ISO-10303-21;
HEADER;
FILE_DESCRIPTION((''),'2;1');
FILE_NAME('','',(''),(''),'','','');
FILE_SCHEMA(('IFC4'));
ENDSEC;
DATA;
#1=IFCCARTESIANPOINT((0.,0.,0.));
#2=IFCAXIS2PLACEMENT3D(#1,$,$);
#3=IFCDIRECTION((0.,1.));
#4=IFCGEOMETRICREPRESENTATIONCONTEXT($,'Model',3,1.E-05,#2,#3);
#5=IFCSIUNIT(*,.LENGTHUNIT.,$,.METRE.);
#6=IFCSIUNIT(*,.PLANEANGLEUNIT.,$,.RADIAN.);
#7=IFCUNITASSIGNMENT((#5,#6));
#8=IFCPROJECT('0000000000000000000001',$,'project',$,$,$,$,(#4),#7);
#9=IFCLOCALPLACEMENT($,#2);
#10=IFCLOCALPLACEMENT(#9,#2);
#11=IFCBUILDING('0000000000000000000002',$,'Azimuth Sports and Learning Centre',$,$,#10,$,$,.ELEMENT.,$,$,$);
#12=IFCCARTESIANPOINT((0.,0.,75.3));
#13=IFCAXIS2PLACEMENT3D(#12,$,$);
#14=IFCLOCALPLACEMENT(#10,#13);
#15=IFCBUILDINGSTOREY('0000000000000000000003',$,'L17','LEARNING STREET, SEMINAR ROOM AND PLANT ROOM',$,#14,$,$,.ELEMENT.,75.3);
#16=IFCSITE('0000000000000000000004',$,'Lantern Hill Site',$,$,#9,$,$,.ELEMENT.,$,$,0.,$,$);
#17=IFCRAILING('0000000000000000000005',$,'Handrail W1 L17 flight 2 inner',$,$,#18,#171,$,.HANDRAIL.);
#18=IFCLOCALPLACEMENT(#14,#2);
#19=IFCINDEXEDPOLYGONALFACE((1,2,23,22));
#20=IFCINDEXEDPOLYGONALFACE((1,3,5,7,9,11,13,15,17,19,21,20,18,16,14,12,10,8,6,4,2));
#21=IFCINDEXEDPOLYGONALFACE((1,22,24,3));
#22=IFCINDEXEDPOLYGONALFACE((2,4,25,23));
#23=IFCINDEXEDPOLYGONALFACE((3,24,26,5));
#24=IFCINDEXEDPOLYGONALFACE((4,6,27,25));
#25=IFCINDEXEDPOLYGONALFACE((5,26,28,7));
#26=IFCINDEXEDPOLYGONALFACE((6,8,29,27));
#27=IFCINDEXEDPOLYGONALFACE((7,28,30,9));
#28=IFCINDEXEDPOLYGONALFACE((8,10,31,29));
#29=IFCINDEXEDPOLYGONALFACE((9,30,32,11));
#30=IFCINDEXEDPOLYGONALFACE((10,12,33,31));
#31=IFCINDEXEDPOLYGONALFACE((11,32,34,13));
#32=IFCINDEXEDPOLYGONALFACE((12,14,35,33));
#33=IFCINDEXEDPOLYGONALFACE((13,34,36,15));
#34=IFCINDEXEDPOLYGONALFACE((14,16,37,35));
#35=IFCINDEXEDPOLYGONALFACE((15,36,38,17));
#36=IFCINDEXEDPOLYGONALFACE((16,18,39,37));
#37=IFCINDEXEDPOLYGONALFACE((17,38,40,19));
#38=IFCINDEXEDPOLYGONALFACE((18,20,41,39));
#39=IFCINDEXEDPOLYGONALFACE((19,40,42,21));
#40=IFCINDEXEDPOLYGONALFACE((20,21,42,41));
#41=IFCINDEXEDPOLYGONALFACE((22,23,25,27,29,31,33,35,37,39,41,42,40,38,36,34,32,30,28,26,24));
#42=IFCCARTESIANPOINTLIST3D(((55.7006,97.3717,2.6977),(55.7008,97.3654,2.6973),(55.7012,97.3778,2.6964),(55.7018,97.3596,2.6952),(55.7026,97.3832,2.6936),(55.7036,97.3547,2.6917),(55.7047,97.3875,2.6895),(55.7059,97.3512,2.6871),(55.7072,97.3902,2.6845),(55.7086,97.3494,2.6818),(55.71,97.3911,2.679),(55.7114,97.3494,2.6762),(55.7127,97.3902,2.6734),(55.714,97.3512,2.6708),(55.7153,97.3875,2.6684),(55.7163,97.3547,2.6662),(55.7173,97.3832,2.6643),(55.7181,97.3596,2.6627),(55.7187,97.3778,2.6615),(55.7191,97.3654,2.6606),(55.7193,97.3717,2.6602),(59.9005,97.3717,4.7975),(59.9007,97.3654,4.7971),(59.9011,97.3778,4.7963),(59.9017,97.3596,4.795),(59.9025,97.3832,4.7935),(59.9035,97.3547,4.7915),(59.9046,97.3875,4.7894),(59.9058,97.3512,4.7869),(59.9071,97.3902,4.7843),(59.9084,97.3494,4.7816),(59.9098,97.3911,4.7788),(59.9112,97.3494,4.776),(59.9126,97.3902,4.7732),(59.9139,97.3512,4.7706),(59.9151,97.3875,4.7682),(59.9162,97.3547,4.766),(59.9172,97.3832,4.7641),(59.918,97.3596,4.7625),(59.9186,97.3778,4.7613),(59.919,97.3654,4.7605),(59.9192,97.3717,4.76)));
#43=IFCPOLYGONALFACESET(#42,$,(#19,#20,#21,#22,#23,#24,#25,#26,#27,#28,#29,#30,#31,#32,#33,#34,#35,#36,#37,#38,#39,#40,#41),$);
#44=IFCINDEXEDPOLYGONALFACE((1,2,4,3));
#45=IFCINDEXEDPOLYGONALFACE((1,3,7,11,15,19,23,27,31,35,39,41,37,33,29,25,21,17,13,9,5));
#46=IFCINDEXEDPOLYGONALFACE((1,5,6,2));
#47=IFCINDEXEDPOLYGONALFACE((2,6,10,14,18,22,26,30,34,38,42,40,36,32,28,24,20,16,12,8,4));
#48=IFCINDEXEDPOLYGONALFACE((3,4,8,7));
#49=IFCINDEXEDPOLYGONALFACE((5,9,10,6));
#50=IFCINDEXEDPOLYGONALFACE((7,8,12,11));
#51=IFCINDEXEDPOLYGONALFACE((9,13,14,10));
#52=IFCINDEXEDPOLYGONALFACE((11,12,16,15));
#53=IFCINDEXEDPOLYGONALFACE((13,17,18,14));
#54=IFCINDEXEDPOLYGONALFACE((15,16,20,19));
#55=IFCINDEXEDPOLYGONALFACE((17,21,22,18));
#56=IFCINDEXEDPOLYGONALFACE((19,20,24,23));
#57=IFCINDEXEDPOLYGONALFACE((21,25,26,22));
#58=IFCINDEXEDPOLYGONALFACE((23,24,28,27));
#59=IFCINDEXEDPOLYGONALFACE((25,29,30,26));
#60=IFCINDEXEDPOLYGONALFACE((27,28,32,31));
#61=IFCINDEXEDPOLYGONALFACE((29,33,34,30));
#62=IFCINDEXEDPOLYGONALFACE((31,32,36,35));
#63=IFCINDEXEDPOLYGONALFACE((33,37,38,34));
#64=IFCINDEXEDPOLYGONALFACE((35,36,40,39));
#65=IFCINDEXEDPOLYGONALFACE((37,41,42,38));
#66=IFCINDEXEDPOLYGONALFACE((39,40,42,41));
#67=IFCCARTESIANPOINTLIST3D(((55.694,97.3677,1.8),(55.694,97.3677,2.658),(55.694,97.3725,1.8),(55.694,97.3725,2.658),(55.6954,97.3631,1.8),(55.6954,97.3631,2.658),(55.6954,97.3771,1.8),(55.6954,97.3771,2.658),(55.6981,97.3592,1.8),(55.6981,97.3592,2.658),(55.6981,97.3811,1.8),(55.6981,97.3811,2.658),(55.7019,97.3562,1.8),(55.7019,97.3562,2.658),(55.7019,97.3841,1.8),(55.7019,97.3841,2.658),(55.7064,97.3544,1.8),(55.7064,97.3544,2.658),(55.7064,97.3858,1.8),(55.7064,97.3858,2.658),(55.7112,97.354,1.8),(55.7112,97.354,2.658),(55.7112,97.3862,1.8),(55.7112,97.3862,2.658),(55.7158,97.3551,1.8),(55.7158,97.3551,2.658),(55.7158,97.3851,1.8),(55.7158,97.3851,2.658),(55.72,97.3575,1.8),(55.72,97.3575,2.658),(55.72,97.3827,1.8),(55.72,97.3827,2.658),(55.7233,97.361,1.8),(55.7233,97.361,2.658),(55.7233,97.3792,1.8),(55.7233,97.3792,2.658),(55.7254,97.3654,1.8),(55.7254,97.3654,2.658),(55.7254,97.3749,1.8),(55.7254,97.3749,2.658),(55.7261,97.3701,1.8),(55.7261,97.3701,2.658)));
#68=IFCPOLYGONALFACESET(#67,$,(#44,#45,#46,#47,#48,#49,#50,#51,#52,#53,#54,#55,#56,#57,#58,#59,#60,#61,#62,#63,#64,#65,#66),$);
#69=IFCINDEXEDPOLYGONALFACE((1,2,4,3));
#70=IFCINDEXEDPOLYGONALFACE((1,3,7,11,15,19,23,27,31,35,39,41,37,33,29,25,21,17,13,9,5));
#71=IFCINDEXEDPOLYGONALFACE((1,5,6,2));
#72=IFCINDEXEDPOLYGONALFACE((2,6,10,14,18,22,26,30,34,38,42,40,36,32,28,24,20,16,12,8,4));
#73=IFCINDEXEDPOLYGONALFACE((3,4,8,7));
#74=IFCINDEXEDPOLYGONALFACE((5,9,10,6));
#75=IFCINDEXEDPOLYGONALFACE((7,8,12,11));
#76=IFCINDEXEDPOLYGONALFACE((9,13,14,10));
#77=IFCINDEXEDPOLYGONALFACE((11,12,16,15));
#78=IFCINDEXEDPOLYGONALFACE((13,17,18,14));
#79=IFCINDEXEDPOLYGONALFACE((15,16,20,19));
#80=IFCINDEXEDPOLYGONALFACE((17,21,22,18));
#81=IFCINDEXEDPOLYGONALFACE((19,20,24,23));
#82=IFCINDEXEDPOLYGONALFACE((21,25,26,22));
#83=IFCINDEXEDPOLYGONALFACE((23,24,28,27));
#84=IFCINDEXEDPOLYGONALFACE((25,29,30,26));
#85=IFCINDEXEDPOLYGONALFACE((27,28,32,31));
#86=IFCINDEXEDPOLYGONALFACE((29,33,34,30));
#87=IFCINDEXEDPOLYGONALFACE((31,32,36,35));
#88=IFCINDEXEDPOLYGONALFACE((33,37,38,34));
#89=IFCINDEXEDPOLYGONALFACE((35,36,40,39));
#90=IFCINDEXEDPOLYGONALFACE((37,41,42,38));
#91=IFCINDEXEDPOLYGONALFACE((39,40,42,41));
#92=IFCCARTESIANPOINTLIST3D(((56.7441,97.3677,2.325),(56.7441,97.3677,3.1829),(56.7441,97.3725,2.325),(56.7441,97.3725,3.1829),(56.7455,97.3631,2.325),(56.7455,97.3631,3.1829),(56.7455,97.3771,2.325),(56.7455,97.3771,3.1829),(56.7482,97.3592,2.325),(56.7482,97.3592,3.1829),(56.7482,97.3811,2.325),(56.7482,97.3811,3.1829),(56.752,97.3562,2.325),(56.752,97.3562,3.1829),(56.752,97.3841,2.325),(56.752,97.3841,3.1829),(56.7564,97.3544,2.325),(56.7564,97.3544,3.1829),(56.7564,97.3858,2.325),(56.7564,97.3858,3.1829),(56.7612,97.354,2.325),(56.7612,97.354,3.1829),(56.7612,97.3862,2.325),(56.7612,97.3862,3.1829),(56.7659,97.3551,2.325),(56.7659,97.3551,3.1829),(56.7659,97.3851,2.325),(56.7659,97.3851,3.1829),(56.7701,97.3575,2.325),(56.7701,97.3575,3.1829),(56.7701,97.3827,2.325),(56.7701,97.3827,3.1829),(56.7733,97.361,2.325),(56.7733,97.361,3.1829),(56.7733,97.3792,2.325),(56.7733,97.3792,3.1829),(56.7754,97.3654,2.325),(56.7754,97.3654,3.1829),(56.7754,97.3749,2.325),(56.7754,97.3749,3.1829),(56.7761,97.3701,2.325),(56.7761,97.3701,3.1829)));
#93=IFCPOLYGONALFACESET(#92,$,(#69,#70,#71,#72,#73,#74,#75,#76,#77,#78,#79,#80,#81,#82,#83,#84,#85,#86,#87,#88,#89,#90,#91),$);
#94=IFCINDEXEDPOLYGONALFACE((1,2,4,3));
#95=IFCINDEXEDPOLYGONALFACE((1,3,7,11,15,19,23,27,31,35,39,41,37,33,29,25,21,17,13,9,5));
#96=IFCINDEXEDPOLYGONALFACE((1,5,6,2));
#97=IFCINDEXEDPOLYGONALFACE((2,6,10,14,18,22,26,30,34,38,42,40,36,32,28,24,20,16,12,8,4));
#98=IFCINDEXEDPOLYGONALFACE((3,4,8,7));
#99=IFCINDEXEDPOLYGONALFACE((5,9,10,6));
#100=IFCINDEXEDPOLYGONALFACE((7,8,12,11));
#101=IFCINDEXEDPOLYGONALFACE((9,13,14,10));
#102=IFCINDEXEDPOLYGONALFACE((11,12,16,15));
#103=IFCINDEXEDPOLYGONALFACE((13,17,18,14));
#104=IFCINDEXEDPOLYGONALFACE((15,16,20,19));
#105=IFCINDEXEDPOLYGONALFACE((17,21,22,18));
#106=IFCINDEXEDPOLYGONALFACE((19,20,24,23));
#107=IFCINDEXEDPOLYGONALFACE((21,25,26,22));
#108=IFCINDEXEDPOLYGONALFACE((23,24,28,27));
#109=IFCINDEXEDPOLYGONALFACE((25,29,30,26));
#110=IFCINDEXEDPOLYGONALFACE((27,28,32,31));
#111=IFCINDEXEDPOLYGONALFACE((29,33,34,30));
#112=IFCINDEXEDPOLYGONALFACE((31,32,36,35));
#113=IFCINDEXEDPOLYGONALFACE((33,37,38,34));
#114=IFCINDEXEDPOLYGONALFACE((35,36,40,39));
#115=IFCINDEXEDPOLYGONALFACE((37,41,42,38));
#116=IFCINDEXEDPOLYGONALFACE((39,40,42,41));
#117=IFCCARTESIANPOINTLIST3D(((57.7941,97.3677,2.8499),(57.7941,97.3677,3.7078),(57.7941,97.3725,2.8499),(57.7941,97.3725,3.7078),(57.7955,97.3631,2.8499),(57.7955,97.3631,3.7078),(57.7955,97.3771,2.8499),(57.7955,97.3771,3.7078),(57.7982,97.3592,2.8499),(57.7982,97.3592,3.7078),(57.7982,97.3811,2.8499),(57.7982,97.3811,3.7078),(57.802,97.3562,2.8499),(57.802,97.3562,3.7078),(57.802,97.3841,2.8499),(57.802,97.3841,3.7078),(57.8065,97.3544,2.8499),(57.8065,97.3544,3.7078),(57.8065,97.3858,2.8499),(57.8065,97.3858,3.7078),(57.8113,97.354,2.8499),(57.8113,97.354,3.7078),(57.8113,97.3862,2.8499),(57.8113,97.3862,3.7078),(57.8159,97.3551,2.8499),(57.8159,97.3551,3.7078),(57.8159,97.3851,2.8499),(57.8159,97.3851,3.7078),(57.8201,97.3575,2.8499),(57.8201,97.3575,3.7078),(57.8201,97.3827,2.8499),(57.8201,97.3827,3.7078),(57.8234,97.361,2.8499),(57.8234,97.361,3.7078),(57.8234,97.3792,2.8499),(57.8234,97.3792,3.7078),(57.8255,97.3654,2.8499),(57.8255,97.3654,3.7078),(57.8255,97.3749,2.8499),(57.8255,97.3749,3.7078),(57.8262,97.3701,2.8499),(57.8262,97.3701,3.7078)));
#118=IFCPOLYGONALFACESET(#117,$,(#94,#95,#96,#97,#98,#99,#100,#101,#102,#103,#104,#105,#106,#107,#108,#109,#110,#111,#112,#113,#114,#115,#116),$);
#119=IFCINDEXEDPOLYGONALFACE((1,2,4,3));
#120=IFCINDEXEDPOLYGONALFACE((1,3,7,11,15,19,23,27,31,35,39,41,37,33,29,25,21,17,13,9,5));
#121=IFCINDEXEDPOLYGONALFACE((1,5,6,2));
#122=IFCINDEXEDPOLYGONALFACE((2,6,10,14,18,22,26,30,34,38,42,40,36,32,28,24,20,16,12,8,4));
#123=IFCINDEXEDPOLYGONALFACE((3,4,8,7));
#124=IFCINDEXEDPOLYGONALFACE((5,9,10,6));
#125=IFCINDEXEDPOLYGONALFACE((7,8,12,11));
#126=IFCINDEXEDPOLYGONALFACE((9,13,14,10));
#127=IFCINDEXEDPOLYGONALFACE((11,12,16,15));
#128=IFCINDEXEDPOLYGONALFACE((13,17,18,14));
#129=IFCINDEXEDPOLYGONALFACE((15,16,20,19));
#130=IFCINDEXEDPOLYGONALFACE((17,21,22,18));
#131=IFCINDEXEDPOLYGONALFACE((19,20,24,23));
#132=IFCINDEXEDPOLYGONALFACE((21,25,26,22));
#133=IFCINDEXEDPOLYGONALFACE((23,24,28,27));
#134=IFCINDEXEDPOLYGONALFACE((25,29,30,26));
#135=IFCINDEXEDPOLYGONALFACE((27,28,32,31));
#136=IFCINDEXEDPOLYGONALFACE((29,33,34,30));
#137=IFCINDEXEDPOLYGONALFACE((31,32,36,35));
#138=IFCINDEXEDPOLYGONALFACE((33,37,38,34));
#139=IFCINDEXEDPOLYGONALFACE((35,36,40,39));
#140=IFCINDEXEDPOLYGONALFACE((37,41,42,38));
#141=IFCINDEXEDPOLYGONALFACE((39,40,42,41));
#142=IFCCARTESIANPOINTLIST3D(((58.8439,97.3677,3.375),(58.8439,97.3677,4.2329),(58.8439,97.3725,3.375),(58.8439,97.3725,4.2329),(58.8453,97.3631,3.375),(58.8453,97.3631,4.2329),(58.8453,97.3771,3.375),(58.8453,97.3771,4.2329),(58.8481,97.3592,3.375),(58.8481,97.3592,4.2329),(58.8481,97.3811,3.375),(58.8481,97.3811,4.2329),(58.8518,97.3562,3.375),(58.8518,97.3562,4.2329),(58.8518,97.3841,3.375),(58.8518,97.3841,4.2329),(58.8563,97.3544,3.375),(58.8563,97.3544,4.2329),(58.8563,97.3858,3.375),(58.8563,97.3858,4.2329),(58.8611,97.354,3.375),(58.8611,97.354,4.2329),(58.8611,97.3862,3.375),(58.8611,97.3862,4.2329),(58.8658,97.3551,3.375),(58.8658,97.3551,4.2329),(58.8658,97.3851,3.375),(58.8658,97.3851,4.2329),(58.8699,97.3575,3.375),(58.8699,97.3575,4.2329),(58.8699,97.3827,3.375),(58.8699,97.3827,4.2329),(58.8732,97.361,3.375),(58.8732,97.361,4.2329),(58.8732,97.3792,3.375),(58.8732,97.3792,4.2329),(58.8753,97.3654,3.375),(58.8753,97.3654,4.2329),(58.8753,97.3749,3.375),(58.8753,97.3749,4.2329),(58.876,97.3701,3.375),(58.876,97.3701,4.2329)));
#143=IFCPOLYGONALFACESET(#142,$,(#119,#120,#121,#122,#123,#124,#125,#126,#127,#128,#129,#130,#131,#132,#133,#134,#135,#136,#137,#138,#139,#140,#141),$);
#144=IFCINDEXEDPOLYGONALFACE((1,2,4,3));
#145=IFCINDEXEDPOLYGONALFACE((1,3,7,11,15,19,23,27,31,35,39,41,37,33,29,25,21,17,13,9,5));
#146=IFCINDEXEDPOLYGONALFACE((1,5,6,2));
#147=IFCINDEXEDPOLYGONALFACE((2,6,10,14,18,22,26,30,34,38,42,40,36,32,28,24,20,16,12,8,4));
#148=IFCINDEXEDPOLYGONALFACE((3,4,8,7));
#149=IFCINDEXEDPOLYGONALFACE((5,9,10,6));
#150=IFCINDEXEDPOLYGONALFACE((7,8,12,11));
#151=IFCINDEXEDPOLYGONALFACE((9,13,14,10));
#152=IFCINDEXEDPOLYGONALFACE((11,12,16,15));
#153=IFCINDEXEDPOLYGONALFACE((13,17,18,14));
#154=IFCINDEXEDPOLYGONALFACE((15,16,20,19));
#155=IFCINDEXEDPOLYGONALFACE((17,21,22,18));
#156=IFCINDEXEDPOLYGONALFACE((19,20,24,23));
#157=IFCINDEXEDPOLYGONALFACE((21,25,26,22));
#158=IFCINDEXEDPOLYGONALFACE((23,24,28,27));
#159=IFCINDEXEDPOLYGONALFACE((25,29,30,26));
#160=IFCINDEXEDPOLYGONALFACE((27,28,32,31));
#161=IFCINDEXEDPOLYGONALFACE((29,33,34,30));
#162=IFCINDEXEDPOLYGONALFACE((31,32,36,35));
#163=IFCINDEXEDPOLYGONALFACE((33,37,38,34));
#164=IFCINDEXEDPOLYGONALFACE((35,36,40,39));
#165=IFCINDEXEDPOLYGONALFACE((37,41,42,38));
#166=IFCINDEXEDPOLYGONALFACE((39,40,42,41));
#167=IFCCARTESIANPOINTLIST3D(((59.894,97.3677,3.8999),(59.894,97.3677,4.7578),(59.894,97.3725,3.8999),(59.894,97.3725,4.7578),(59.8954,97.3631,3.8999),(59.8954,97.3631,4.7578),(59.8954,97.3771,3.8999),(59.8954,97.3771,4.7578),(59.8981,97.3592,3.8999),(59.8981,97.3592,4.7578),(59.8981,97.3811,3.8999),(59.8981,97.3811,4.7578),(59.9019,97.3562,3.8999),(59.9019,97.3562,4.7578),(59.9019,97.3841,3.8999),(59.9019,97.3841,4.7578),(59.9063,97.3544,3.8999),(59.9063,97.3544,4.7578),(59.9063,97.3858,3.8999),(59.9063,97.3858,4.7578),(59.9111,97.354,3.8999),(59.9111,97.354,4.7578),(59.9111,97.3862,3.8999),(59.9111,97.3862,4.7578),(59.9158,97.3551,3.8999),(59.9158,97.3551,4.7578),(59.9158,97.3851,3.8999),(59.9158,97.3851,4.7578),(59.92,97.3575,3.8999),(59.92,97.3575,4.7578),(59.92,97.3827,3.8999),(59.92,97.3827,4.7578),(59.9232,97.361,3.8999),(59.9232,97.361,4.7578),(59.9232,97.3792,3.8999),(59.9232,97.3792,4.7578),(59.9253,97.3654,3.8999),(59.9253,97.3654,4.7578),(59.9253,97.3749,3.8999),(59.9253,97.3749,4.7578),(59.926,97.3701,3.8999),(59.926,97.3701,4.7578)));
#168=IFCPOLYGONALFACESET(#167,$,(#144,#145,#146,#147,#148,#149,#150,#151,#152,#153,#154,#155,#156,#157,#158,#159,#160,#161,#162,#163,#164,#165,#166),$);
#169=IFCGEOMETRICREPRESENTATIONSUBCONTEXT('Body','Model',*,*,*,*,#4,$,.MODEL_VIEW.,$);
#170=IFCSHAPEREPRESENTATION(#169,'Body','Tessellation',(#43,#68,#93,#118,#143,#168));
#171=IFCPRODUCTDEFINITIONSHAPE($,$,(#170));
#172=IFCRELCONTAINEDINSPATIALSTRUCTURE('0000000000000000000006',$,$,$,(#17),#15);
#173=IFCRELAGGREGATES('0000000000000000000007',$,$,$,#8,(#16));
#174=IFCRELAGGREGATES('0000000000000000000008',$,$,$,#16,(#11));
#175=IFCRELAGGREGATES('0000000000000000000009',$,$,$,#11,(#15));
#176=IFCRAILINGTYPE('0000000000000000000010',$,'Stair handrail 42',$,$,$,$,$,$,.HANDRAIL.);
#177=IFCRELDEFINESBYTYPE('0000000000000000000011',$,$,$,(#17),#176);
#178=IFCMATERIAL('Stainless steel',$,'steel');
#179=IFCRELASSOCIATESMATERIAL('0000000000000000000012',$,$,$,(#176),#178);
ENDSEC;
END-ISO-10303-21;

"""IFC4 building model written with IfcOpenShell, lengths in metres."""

from ifc_helpers import new_model, si_unit, direction, frame, origin, origin_2d, place, context, subcontext, project, spatial, circle, extrude, material, type_object, element, save


model = new_model("IFC4")

# Units and contexts
model_context = context("Model", 3, precision=1e-05, world=origin(), true_north=direction((0.0, 1.0)))
body_context = subcontext(model_context, "Body", "Model", "MODEL_VIEW")
ifc_project = project(units=[si_unit("LENGTHUNIT", "METRE"), si_unit("PLANEANGLEUNIT", "RADIAN")], contexts=[model_context])

# Site, building, storey
site_placement = place(None, origin())
site = spatial("IfcSite", under=ifc_project, at=site_placement, Name="Lantern Hill Site", CompositionType="ELEMENT", RefElevation=0.0)
building_placement = place(site_placement, origin())
building = spatial("IfcBuilding", under=site, at=building_placement, Name="Azimuth Sports and Learning Centre", CompositionType="ELEMENT")
storey_placement = place(building_placement, frame((0.0, 0.0, 75.3)))
storey = spatial("IfcBuildingStorey", under=building, at=storey_placement, Name="L17", Description="LEARNING STREET, SEMINAR ROOM AND PLANT ROOM", CompositionType="ELEMENT", Elevation=75.3)

# Railing
ifc_material_1 = material(Name="Stainless steel", Category="steel")
railing_type_1 = type_object("IfcRailingType", Name="Stair handrail 42", PredefinedType="HANDRAIL", material=ifc_material_1)
for number, where, name in (
    (1, (55.71, 97.3701, 1.8), "Handrail W1 L17 flight 2 inner"),
):
    element("IfcRailing", number, at=place(storey_placement, frame(where)), inside=storey, type_object=railing_type_1, Name=name, PredefinedType="HANDRAIL", context=body_context, shape_type="SweptSolid", body=[
        extrude(circle(Radius=0.021, at=origin_2d()), frame((0.0, 0.0, 0.8789), z_axis=(0.894438, 0.0, 0.447193), x_axis=(0.0, 1.0, 0.0)), (0.0, 0.0, 1.0), 4.6956),
        extrude(circle(Radius=0.0161, at=origin_2d()), origin(), (0.0, 0.0, 1.0), 0.8579),
        extrude(circle(Radius=0.0161, at=origin_2d()), frame((1.05, 0.0, 0.5249)), (0.0, 0.0, 1.0), 0.8579),
        extrude(circle(Radius=0.0161, at=origin_2d()), frame((2.1001, 0.0, 1.0498)), (0.0, 0.0, 1.0), 0.8579),
        extrude(circle(Radius=0.0161, at=origin_2d()), frame((3.1499, 0.0, 1.575)), (0.0, 0.0, 1.0), 0.8579),
        extrude(circle(Radius=0.0161, at=origin_2d()), frame((4.2, 0.0, 2.0999)), (0.0, 0.0, 1.0), 0.8579),
    ])

save(model, "model.ifc")
